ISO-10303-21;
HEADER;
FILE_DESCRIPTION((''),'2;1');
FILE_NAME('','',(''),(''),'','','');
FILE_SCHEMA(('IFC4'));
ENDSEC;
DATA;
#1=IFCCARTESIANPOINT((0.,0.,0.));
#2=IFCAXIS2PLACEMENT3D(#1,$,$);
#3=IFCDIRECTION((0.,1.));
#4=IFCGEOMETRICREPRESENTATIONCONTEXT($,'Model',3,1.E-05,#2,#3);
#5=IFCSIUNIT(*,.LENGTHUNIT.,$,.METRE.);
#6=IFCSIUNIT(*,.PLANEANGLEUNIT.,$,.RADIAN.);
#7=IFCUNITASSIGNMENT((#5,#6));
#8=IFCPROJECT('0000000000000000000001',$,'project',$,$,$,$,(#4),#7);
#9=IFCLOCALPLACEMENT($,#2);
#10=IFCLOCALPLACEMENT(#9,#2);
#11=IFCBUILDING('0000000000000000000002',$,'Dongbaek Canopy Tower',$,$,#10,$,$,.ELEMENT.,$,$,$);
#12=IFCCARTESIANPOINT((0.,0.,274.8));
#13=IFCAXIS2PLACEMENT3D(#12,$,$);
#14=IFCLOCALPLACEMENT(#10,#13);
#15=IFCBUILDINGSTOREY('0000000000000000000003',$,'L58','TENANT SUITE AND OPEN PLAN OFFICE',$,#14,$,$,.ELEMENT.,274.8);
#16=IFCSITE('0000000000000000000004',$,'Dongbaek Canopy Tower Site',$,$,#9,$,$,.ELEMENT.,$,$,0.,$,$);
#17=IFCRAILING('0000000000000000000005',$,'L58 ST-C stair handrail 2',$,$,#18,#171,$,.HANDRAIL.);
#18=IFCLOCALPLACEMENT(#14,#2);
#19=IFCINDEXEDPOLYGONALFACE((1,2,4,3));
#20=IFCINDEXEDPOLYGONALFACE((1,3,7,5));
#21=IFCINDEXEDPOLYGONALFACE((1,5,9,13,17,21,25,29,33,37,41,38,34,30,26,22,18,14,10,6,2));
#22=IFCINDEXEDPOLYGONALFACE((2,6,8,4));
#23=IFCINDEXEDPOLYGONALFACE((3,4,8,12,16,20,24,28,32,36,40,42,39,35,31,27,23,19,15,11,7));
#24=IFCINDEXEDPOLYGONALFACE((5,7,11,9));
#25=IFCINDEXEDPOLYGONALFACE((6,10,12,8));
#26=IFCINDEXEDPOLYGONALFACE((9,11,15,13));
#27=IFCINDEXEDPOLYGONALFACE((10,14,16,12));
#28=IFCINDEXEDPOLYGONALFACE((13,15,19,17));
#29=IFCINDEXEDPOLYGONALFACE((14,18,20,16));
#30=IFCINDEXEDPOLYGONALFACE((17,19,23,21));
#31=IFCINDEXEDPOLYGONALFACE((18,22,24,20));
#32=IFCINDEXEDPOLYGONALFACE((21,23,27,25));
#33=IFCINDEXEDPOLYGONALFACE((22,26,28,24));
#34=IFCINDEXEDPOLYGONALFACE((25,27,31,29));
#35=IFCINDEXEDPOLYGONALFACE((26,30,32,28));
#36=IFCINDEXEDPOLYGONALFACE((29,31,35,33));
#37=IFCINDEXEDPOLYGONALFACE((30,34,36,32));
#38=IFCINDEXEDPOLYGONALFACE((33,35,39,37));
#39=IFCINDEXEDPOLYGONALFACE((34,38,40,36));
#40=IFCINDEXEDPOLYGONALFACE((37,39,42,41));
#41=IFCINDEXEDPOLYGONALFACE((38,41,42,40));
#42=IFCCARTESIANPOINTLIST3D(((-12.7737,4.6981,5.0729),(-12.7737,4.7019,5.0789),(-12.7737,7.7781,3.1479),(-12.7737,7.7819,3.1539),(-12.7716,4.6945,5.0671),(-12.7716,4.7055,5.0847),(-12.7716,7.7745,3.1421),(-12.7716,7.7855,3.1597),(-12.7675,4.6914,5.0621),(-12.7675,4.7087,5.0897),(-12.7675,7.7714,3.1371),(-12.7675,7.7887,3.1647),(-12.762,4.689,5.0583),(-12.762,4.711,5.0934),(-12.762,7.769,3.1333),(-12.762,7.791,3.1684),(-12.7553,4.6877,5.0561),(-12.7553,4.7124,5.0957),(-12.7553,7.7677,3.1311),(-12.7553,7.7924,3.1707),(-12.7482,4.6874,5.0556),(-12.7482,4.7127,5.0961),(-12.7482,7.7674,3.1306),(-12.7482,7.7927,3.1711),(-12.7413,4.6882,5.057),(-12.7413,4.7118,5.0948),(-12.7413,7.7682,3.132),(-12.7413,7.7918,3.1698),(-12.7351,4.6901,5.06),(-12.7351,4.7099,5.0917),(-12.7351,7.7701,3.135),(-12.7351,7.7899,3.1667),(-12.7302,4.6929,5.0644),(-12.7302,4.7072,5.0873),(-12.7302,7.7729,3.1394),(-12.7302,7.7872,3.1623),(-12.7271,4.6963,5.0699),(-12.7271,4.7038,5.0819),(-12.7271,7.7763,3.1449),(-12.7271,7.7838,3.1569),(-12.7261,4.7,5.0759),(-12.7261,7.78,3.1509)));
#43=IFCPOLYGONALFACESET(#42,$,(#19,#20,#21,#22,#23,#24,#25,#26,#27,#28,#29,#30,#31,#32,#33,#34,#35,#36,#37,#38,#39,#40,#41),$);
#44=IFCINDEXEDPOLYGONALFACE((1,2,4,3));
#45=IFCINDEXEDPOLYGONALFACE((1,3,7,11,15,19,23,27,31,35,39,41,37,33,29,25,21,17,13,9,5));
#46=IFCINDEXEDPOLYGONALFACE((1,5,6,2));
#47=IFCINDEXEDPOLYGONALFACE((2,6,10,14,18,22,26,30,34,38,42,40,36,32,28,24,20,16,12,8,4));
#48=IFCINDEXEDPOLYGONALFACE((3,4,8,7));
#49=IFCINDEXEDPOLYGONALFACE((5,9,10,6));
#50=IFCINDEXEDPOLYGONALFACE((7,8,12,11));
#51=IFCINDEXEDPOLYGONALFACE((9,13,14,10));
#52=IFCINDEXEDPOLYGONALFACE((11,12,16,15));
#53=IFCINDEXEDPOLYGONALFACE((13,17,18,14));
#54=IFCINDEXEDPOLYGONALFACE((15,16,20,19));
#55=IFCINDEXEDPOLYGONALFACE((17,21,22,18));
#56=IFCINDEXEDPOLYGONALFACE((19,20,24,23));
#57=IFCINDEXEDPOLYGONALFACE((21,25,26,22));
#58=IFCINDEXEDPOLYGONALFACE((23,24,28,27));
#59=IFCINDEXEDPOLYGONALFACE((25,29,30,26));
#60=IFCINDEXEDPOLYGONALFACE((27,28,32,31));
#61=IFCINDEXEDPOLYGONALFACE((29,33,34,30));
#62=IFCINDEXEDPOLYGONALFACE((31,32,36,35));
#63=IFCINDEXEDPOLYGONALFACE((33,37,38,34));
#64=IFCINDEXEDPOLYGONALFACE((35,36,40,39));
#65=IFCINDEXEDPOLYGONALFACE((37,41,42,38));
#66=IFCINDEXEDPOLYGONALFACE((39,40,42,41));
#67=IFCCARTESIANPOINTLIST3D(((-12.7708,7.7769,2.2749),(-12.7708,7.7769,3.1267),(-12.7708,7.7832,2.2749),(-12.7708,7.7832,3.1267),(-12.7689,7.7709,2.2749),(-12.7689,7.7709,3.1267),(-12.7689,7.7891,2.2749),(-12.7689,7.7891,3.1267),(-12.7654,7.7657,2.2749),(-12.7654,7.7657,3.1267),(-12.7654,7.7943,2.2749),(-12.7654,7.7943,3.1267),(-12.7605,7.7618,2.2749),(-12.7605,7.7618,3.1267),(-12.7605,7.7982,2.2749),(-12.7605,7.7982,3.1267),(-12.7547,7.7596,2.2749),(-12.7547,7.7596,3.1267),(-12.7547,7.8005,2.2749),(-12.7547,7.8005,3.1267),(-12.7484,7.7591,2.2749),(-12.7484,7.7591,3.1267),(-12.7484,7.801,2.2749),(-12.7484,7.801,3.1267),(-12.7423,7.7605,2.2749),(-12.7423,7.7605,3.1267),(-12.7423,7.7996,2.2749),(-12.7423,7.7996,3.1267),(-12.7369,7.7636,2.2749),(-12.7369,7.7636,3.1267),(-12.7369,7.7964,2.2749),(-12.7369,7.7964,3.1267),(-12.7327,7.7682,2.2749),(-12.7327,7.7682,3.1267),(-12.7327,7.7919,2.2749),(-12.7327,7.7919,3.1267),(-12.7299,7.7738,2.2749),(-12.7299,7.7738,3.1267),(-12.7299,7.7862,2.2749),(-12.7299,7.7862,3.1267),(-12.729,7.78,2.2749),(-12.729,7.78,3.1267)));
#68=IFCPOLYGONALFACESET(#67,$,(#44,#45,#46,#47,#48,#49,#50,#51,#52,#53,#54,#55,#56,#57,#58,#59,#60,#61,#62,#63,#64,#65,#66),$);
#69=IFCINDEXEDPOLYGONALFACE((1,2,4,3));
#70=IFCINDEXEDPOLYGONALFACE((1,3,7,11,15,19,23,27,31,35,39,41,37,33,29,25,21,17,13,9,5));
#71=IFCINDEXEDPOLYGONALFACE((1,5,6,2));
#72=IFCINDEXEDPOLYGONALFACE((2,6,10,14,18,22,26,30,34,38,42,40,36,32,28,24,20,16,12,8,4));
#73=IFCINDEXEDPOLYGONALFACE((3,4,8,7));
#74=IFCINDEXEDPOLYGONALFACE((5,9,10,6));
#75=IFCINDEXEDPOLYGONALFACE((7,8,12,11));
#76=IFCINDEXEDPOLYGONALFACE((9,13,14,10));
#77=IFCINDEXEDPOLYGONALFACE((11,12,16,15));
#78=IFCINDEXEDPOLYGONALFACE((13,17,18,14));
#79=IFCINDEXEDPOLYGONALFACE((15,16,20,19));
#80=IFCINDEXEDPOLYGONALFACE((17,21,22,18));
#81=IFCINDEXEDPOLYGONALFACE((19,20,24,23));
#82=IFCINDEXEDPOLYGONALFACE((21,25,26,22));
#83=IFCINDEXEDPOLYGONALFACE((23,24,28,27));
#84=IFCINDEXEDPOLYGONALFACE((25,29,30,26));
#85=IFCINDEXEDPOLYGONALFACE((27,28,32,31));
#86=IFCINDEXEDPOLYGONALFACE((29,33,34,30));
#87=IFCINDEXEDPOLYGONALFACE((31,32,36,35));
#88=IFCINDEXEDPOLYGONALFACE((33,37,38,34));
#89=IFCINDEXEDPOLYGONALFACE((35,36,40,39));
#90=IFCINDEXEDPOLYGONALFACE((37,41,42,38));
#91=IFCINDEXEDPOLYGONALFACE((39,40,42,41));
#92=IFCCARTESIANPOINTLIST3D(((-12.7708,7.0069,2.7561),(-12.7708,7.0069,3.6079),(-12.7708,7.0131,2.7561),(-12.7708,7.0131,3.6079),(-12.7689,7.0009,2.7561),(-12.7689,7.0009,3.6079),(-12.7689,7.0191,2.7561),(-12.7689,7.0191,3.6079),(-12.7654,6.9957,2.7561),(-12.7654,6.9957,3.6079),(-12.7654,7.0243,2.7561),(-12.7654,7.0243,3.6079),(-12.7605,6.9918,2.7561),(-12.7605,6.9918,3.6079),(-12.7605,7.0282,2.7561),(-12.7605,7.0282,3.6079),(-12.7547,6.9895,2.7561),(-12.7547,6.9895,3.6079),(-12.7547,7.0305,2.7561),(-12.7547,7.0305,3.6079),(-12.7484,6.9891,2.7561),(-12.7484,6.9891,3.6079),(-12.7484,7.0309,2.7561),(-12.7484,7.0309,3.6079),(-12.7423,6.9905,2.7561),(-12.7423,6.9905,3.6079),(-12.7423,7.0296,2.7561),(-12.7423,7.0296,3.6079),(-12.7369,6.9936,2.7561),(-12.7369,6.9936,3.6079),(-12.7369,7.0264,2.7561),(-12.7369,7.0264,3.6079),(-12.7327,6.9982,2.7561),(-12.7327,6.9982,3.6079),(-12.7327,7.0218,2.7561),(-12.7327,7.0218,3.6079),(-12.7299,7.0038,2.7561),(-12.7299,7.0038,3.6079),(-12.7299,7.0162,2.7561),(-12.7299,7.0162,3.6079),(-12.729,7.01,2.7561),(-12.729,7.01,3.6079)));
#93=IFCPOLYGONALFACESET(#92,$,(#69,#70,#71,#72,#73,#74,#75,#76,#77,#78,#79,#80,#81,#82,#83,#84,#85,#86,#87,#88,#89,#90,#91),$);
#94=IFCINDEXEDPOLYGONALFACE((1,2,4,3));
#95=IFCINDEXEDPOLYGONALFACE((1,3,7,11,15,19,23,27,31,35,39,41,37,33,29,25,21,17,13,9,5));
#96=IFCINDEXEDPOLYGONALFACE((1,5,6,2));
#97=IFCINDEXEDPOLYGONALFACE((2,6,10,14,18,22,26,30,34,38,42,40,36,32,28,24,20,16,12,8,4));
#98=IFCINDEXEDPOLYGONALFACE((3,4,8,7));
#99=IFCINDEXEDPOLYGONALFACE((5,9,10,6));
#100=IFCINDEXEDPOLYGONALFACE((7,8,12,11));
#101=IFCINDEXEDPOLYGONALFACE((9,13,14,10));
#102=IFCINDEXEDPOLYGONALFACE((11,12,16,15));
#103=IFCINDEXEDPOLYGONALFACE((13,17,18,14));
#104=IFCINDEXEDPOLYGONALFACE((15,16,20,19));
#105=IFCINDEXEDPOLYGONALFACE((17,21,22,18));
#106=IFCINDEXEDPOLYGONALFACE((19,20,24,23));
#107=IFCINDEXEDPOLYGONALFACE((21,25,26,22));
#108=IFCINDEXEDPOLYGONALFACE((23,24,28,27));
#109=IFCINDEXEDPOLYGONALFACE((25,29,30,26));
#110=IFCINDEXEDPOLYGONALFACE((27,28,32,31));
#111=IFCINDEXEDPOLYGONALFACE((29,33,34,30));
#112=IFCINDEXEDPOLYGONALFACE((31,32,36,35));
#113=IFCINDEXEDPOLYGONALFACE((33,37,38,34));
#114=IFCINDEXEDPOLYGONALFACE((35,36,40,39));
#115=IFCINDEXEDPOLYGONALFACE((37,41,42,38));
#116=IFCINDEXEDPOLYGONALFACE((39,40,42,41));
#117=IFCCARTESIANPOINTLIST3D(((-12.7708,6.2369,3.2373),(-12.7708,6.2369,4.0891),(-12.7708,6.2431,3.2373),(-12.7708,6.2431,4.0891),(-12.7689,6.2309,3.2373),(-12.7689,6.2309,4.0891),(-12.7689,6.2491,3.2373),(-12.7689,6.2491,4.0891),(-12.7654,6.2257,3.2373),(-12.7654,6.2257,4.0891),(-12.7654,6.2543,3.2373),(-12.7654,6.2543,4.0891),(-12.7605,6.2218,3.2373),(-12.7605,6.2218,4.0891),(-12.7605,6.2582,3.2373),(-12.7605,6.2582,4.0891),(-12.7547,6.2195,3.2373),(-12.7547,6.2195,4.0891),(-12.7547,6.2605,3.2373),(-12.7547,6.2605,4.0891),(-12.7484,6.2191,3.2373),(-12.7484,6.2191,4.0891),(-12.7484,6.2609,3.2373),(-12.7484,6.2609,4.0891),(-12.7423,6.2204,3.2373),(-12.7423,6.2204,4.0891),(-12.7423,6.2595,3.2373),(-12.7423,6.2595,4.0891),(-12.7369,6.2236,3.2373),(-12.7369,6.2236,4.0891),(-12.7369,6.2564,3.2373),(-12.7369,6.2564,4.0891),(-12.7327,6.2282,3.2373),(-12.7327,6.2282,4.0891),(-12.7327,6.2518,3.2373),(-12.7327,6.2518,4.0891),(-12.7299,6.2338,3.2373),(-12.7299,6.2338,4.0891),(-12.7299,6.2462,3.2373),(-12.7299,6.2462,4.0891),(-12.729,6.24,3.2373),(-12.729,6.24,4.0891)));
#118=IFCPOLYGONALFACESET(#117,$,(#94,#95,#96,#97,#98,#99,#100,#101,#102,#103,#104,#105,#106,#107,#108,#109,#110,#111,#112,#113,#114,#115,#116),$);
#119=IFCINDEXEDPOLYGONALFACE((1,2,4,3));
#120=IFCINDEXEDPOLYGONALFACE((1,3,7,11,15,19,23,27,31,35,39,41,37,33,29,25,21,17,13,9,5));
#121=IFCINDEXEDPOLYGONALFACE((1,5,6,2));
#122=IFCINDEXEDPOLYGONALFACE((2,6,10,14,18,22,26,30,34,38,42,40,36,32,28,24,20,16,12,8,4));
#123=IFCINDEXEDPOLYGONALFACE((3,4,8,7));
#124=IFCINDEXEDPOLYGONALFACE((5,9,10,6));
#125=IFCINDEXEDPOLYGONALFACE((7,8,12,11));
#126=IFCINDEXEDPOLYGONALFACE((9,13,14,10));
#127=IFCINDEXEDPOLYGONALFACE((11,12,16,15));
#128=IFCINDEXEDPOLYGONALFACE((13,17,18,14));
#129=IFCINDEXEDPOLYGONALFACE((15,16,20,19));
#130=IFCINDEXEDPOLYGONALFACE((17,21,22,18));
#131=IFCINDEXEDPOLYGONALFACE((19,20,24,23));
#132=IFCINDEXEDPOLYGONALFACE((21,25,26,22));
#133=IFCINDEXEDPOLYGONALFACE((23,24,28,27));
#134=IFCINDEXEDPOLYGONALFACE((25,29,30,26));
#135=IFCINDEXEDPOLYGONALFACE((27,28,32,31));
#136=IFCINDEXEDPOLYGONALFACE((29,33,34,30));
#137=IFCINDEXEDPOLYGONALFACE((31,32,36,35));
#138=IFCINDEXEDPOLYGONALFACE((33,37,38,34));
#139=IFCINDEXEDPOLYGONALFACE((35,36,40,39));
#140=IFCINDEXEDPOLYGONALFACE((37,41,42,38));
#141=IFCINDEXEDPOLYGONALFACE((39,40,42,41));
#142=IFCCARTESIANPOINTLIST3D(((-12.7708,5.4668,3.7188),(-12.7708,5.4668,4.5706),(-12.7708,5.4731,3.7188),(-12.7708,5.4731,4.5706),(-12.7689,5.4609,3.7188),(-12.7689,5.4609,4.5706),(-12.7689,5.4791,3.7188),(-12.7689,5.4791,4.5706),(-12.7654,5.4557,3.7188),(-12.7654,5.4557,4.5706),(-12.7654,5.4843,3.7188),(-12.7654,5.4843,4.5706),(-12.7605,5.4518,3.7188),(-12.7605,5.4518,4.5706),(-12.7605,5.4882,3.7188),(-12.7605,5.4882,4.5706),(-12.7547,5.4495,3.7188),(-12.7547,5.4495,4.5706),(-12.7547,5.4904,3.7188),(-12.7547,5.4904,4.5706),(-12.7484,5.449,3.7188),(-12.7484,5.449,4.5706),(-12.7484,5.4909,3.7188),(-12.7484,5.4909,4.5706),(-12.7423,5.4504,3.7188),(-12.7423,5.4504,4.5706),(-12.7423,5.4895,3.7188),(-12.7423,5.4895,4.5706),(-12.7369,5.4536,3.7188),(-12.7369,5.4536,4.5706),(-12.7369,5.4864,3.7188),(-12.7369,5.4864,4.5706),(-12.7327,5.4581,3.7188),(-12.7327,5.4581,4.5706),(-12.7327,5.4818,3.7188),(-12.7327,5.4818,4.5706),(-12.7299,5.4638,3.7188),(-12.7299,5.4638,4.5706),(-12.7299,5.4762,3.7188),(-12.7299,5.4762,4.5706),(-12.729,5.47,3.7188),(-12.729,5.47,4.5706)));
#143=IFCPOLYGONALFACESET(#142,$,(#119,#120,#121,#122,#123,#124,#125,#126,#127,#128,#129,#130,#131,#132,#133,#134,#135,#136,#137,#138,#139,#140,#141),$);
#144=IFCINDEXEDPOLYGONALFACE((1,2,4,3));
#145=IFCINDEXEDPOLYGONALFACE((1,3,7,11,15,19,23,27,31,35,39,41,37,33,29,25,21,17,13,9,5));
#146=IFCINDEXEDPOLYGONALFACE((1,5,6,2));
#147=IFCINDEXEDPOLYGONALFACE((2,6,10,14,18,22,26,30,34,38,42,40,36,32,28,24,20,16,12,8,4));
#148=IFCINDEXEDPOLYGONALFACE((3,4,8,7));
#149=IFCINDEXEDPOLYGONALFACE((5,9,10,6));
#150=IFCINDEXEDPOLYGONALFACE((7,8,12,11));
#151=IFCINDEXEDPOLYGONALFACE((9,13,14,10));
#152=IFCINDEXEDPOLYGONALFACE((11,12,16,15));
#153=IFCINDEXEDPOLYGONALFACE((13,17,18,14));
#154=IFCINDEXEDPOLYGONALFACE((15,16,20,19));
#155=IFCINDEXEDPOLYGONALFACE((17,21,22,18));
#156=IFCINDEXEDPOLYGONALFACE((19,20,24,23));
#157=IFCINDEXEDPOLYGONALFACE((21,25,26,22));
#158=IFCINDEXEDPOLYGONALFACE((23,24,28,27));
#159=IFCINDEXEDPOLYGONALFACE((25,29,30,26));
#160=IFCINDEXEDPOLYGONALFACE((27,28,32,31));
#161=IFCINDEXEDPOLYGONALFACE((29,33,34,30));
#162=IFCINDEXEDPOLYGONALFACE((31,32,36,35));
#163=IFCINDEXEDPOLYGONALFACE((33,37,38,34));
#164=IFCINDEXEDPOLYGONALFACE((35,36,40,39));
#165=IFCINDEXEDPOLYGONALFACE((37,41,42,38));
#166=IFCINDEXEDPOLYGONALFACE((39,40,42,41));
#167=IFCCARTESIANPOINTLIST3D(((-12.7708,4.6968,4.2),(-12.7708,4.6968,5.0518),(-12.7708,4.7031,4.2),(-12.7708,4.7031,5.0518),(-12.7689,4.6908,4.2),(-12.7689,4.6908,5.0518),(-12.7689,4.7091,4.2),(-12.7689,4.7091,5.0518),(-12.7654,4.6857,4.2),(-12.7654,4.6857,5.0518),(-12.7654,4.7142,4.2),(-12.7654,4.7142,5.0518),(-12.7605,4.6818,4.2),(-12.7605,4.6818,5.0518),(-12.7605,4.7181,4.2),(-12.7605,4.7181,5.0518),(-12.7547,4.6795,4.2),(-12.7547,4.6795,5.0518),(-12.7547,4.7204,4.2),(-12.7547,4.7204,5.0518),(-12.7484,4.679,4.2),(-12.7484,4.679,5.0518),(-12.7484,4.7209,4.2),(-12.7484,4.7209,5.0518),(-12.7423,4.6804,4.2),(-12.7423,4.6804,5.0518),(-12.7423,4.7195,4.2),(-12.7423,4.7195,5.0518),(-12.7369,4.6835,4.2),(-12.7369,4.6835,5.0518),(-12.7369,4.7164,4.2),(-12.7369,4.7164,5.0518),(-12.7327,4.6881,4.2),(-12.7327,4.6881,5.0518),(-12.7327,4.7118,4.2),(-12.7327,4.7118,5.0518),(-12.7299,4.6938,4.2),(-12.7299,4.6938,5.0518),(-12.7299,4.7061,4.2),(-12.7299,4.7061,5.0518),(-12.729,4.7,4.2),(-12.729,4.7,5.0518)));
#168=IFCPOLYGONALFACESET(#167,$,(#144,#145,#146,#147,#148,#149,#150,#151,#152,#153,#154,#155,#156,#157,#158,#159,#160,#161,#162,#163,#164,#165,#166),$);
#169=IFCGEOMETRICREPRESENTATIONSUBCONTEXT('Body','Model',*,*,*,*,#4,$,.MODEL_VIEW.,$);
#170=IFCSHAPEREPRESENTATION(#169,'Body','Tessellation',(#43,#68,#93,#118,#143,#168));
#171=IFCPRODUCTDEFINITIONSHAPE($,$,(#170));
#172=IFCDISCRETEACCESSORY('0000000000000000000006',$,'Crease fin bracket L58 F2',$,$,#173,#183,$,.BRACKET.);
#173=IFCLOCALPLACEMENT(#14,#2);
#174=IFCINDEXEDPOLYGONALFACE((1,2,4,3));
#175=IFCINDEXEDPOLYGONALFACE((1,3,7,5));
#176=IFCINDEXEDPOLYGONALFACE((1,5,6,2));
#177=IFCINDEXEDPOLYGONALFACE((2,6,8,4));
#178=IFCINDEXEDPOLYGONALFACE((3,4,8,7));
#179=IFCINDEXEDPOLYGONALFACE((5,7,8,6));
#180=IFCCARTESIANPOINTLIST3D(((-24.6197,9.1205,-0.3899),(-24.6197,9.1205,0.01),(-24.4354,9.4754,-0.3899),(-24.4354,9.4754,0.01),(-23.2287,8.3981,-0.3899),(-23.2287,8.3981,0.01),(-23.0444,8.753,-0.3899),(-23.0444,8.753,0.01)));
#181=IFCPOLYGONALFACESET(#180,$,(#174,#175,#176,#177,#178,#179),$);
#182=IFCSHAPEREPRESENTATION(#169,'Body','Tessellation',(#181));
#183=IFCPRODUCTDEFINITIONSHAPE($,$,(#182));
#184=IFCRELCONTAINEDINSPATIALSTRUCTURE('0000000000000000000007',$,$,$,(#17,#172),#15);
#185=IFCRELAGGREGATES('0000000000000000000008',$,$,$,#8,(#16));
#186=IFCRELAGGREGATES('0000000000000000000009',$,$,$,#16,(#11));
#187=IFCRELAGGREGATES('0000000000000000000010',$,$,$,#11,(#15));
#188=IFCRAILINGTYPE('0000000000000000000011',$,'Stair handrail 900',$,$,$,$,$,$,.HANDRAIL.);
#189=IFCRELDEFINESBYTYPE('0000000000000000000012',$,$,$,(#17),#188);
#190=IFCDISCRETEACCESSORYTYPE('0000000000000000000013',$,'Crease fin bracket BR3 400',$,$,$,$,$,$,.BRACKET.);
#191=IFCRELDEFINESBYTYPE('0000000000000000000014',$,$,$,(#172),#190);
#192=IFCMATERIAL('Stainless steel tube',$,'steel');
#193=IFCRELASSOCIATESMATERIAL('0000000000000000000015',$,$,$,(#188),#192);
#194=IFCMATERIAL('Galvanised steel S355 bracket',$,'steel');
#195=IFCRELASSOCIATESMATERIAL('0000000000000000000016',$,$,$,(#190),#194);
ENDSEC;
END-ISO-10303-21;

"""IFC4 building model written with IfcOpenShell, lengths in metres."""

from ifc_helpers import new_model, si_unit, direction, frame, origin, origin_2d, place, context, subcontext, project, spatial, rectangle, circle, extrude, material, type_object, element, save


model = new_model("IFC4")

# Units and contexts
model_context = context("Model", 3, precision=1e-05, world=origin(), true_north=direction((0.0, 1.0)))
body_context = subcontext(model_context, "Body", "Model", "MODEL_VIEW")
ifc_project = project(units=[si_unit("LENGTHUNIT", "METRE"), si_unit("PLANEANGLEUNIT", "RADIAN")], contexts=[model_context])

# Site, building, storey
site_placement = place(None, origin())
site = spatial("IfcSite", under=ifc_project, at=site_placement, Name="Dongbaek Canopy Tower Site", CompositionType="ELEMENT", RefElevation=0.0)
building_placement = place(site_placement, origin())
building = spatial("IfcBuilding", under=site, at=building_placement, Name="Dongbaek Canopy Tower", CompositionType="ELEMENT")
storey_placement = place(building_placement, frame((0.0, 0.0, 274.8)))
storey = spatial("IfcBuildingStorey", under=building, at=storey_placement, Name="L58", Description="TENANT SUITE AND OPEN PLAN OFFICE", CompositionType="ELEMENT", Elevation=274.8)

# Railing
ifc_material_1 = material(Name="Stainless steel tube", Category="steel")
railing_type_1 = type_object("IfcRailingType", Name="Stair handrail 900", PredefinedType="HANDRAIL", material=ifc_material_1)
railing_1_placement = place(storey_placement, frame((-12.75, 7.78, 2.2749)))
element("IfcRailing", 1, at=railing_1_placement, inside=storey, type_object=railing_type_1, Name="L58 ST-C stair handrail 2", PredefinedType="HANDRAIL", context=body_context, shape_type="SweptSolid", body=[
    extrude(circle(Radius=0.0239, at=origin_2d()), frame((0.0, 0.0, 0.876), z_axis=(0.0, -0.847998, 0.529999), x_axis=(1.0, 0.0, 0.0)), (0.0, 0.0, 1.0), 3.6321),
    extrude(circle(Radius=0.021, at=origin_2d()), origin(), (0.0, 0.0, 1.0), 0.8518),
    extrude(circle(Radius=0.021, at=origin_2d()), frame((0.0, -0.77, 0.4812)), (0.0, 0.0, 1.0), 0.8518),
    extrude(circle(Radius=0.021, at=origin_2d()), frame((0.0, -1.54, 0.9624)), (0.0, 0.0, 1.0), 0.8518),
    extrude(circle(Radius=0.021, at=origin_2d()), frame((0.0, -2.3101, 1.4438)), (0.0, 0.0, 1.0), 0.8518),
    extrude(circle(Radius=0.021, at=origin_2d()), frame((0.0, -3.0801, 1.925)), (0.0, 0.0, 1.0), 0.8518),
])

# Discrete accessory
ifc_material_2 = material(Name="Galvanised steel S355 bracket", Category="steel")
discrete_accessory_type = type_object("IfcDiscreteAccessoryType", Name="Crease fin bracket BR3 400", PredefinedType="BRACKET", material=ifc_material_2)
discrete_accessory_placement = place(storey_placement, frame((-23.832, 8.9368, -0.3899), z_axis=(0.0, 0.0, 1.0), x_axis=(-0.887463, 0.46088, 0.0)))
element("IfcDiscreteAccessory", 2, at=discrete_accessory_placement, inside=storey, type_object=discrete_accessory_type, Name="Crease fin bracket L58 F2", PredefinedType="BRACKET", context=body_context, shape_type="SweptSolid", body=[
    extrude(rectangle(XDim=1.5674, YDim=0.3999, at=origin_2d()), origin(), (0.0, 0.0, 1.0), 0.3999),
])

save(model, "model.ifc")
